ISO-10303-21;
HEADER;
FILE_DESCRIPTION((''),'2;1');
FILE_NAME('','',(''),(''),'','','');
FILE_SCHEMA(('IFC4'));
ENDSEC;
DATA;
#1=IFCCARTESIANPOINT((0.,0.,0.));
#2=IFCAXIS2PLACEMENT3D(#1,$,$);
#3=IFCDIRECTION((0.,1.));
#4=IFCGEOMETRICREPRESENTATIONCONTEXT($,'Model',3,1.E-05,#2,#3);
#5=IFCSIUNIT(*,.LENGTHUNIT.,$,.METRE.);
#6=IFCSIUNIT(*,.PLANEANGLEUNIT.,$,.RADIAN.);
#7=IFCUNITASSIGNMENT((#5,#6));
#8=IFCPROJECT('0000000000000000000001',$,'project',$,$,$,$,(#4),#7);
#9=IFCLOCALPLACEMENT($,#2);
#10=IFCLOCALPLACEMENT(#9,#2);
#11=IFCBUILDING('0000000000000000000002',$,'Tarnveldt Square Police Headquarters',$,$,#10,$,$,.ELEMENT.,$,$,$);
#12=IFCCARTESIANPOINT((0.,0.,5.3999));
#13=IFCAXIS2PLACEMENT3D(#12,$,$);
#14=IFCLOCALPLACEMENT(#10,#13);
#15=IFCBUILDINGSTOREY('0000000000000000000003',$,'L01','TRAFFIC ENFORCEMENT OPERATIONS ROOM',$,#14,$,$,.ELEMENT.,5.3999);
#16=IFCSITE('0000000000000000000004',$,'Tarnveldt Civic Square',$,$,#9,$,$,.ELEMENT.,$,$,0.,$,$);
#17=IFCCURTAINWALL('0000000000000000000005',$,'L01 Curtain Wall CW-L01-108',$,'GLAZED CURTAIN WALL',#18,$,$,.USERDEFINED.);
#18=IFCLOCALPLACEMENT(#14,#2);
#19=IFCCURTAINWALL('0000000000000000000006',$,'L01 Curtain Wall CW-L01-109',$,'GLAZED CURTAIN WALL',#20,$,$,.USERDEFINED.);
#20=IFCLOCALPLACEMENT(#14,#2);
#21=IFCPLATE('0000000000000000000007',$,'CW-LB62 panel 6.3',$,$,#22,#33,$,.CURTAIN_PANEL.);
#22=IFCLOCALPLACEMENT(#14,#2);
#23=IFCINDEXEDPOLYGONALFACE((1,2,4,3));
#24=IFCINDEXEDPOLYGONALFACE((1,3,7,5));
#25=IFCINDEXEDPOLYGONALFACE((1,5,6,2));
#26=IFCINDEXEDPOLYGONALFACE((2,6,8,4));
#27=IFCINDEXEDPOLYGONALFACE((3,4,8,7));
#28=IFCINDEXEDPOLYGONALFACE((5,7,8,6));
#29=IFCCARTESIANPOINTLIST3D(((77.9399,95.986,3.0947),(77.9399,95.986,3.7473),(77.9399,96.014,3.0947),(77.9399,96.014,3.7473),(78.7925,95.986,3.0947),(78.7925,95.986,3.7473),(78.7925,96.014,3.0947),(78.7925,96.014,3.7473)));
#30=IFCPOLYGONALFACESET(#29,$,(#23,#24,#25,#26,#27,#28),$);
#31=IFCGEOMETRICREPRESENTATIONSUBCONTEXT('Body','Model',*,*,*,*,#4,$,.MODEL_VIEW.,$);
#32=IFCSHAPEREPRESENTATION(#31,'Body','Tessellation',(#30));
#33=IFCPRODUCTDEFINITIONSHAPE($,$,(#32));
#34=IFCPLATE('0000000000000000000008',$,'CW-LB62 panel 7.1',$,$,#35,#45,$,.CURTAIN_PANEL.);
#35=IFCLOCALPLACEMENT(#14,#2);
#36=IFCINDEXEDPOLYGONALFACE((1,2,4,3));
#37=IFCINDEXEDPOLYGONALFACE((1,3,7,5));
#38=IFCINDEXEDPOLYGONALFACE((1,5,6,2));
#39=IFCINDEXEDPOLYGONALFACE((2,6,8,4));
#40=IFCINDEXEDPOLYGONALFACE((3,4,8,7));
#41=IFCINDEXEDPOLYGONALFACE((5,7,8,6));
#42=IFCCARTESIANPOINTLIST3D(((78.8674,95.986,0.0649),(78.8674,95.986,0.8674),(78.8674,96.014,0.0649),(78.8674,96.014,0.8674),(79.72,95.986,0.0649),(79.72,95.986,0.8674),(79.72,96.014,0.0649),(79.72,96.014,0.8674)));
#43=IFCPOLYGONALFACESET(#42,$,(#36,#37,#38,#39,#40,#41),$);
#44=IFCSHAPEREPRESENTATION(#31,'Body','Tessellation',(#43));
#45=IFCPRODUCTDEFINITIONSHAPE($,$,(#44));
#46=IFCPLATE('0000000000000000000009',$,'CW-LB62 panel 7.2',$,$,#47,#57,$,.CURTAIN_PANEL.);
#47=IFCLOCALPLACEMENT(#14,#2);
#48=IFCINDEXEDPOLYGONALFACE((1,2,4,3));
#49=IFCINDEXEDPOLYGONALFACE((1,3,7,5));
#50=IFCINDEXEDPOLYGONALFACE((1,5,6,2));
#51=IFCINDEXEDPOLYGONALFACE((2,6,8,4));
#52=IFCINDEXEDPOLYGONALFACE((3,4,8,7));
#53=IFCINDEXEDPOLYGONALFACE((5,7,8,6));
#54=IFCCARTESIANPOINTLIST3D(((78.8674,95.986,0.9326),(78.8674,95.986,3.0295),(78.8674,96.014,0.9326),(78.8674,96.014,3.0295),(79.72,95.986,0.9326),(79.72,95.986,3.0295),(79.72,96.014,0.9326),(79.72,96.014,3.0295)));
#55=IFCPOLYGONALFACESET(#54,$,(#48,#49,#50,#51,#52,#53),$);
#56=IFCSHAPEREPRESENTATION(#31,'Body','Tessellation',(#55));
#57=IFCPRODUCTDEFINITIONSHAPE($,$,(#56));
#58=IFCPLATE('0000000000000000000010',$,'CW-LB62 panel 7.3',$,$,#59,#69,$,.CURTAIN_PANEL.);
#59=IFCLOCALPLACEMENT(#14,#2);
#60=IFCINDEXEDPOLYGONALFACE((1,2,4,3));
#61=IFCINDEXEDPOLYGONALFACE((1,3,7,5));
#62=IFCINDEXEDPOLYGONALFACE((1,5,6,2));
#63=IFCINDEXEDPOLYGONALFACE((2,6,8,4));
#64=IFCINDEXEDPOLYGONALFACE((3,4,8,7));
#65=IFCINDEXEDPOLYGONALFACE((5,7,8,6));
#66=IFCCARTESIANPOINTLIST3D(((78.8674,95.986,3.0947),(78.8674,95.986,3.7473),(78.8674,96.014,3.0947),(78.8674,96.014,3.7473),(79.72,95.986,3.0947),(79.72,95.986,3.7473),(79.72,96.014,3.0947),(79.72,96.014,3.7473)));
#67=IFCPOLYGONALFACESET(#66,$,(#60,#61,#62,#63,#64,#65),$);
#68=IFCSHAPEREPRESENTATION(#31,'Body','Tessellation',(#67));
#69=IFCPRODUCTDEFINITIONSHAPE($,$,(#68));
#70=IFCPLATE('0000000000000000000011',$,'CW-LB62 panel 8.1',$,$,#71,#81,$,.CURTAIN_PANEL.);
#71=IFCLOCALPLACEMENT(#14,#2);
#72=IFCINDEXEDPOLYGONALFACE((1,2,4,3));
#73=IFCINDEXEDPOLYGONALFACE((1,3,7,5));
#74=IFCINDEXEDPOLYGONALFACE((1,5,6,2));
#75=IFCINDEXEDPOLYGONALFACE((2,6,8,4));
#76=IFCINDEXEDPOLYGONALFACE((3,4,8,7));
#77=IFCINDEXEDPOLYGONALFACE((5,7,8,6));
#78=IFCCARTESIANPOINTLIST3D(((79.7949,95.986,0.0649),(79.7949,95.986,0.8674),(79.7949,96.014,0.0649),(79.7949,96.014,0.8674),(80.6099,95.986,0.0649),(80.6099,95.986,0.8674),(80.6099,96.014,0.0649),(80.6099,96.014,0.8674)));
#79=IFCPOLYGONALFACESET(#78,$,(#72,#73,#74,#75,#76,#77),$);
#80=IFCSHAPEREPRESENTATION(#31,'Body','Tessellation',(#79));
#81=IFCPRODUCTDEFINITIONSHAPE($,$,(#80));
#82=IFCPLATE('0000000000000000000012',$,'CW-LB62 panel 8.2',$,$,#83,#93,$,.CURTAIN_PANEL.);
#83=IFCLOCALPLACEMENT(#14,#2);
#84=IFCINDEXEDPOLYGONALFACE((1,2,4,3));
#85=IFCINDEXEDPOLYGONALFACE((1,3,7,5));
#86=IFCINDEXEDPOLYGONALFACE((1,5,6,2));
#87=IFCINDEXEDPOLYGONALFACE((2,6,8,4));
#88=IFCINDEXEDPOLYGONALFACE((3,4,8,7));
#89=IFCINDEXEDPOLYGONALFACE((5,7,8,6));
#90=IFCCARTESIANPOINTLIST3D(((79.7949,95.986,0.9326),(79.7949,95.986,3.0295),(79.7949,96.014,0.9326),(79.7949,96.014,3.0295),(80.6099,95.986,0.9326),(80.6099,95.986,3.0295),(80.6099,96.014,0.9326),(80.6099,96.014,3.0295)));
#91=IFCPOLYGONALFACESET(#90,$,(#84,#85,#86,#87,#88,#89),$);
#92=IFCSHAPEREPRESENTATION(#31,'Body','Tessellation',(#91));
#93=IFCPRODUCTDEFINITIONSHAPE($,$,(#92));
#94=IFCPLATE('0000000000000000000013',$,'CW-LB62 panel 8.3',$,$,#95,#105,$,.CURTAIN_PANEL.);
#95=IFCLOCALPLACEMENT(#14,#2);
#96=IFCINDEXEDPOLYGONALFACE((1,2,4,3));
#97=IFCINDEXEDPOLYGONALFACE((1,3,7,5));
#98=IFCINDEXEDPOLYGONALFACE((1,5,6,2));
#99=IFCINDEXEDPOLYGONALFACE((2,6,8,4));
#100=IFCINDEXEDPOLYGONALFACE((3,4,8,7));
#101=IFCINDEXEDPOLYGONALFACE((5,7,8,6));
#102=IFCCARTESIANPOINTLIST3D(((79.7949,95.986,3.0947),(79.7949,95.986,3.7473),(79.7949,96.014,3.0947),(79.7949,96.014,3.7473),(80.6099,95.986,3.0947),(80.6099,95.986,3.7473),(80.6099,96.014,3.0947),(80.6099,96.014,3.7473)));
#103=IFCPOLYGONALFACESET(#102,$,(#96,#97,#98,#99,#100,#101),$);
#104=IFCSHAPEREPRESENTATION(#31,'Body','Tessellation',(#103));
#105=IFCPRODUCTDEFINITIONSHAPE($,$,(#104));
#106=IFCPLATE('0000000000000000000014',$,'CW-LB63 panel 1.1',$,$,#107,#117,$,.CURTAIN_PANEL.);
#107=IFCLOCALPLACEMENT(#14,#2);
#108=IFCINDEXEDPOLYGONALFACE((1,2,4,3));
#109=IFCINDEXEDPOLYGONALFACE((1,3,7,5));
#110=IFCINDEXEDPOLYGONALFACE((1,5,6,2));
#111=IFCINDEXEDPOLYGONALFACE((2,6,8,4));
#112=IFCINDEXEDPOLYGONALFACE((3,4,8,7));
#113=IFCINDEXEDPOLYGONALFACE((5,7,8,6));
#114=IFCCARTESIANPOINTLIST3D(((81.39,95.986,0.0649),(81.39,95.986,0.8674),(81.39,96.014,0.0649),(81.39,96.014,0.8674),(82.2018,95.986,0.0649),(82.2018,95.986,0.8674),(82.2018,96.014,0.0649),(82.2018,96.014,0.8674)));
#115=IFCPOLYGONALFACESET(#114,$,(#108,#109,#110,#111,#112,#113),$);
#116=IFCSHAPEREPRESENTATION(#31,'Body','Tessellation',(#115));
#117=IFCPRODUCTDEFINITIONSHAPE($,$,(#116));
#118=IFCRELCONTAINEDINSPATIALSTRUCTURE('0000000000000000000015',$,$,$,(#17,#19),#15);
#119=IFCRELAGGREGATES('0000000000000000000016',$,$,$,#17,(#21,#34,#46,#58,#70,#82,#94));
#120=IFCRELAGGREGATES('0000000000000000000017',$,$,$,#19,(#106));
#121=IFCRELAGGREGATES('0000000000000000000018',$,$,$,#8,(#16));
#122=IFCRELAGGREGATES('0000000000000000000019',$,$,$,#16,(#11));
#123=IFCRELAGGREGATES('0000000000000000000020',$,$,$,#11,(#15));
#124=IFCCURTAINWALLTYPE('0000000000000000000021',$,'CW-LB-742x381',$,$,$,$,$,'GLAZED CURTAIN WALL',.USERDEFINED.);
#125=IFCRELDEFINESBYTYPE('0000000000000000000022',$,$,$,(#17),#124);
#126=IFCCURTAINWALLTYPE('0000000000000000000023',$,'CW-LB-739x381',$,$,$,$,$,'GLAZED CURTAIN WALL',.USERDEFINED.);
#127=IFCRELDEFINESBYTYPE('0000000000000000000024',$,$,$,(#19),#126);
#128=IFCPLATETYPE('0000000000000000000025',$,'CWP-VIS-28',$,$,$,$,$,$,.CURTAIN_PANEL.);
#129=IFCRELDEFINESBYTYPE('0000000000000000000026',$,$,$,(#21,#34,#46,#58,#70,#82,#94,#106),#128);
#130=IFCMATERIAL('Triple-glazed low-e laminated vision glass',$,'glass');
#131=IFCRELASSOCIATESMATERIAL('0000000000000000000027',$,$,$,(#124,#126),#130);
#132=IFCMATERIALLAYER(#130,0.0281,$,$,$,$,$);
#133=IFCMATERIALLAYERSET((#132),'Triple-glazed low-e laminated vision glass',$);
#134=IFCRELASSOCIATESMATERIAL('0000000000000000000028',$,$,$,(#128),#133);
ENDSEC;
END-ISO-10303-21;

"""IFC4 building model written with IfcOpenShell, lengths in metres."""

from ifc_helpers import new_model, si_unit, direction, frame, origin, origin_2d, place, context, subcontext, project, spatial, rectangle, extrude, material, layer, layer_set, type_object, element, aggregate, save


model = new_model("IFC4")

# Units and contexts
model_context = context("Model", 3, precision=1e-05, world=origin(), true_north=direction((0.0, 1.0)))
body_context = subcontext(model_context, "Body", "Model", "MODEL_VIEW")
ifc_project = project(units=[si_unit("LENGTHUNIT", "METRE"), si_unit("PLANEANGLEUNIT", "RADIAN")], contexts=[model_context])

# Site, building, storey
site_placement = place(None, origin())
site = spatial("IfcSite", under=ifc_project, at=site_placement, Name="Tarnveldt Civic Square", CompositionType="ELEMENT", RefElevation=0.0)
building_placement = place(site_placement, origin())
building = spatial("IfcBuilding", under=site, at=building_placement, Name="Tarnveldt Square Police Headquarters", CompositionType="ELEMENT")
storey_placement = place(building_placement, frame((0.0, 0.0, 5.3999)))
storey = spatial("IfcBuildingStorey", under=building, at=storey_placement, Name="L01", Description="TRAFFIC ENFORCEMENT OPERATIONS ROOM", CompositionType="ELEMENT", Elevation=5.3999)

# Curtain wall
ifc_material_1 = material(Name="Triple-glazed low-e laminated vision glass", Category="glass")
curtain_wall_type_1 = type_object("IfcCurtainWallType", Name="CW-LB-742x381", ElementType="GLAZED CURTAIN WALL", PredefinedType="USERDEFINED", material=ifc_material_1)
curtain_wall_1_placement = place(storey_placement, origin())
curtain_wall_1 = element("IfcCurtainWall", 1, at=curtain_wall_1_placement, inside=storey, type_object=curtain_wall_type_1, Name="L01 Curtain Wall CW-L01-108", ObjectType="GLAZED CURTAIN WALL", PredefinedType="USERDEFINED")

# Curtain wall
curtain_wall_type_2 = type_object("IfcCurtainWallType", Name="CW-LB-739x381", ElementType="GLAZED CURTAIN WALL", PredefinedType="USERDEFINED", material=ifc_material_1)
curtain_wall_2_placement = place(storey_placement, origin())
curtain_wall_2 = element("IfcCurtainWall", 2, at=curtain_wall_2_placement, inside=storey, type_object=curtain_wall_type_2, Name="L01 Curtain Wall CW-L01-109", ObjectType="GLAZED CURTAIN WALL", PredefinedType="USERDEFINED")

# Plates
ifc_layer = layer(ifc_material_1, 0.0281)
ifc_layer_set = layer_set([ifc_layer], Name="Triple-glazed low-e laminated vision glass")
plate_type = type_object("IfcPlateType", Name="CWP-VIS-28", PredefinedType="CURTAIN_PANEL", material=ifc_layer_set)
plate_1_placement = place(storey_placement, frame((78.3662, 96.0, 3.0947), z_axis=(0.0, 0.0, 1.0), x_axis=(1.0, 0.0, 0.0)))
plate_1 = element("IfcPlate", 3, at=plate_1_placement, type_object=plate_type, Name="CW-LB62 panel 6.3", PredefinedType="CURTAIN_PANEL", context=body_context, shape_type="SweptSolid", body=[
    extrude(rectangle(XDim=0.8525, YDim=0.0281, at=origin_2d()), origin(), (0.0, 0.0, 1.0), 0.6526),
])
plate_2_placement = place(storey_placement, frame((79.2937, 96.0, 0.0649), z_axis=(0.0, 0.0, 1.0), x_axis=(1.0, 0.0, 0.0)))
plate_2 = element("IfcPlate", 4, at=plate_2_placement, type_object=plate_type, Name="CW-LB62 panel 7.1", PredefinedType="CURTAIN_PANEL", context=body_context, shape_type="SweptSolid", body=[
    extrude(rectangle(XDim=0.8525, YDim=0.0281, at=origin_2d()), origin(), (0.0, 0.0, 1.0), 0.8025),
])
plate_3_placement = place(storey_placement, frame((79.2937, 96.0, 0.9326), z_axis=(0.0, 0.0, 1.0), x_axis=(1.0, 0.0, 0.0)))
plate_3 = element("IfcPlate", 5, at=plate_3_placement, type_object=plate_type, Name="CW-LB62 panel 7.2", PredefinedType="CURTAIN_PANEL", context=body_context, shape_type="SweptSolid", body=[
    extrude(rectangle(XDim=0.8525, YDim=0.0281, at=origin_2d()), origin(), (0.0, 0.0, 1.0), 2.0969),
])
plate_4_placement = place(storey_placement, frame((79.2937, 96.0, 3.0947), z_axis=(0.0, 0.0, 1.0), x_axis=(1.0, 0.0, 0.0)))
plate_4 = element("IfcPlate", 6, at=plate_4_placement, type_object=plate_type, Name="CW-LB62 panel 7.3", PredefinedType="CURTAIN_PANEL", context=body_context, shape_type="SweptSolid", body=[
    extrude(rectangle(XDim=0.8525, YDim=0.0281, at=origin_2d()), origin(), (0.0, 0.0, 1.0), 0.6526),
])
plate_5_placement = place(storey_placement, frame((80.2024, 96.0, 0.0649), z_axis=(0.0, 0.0, 1.0), x_axis=(1.0, 0.0, 0.0)))
plate_5 = element("IfcPlate", 7, at=plate_5_placement, type_object=plate_type, Name="CW-LB62 panel 8.1", PredefinedType="CURTAIN_PANEL", context=body_context, shape_type="SweptSolid", body=[
    extrude(rectangle(XDim=0.8149, YDim=0.0281, at=origin_2d()), origin(), (0.0, 0.0, 1.0), 0.8025),
])
plate_6_placement = place(storey_placement, frame((80.2024, 96.0, 0.9326), z_axis=(0.0, 0.0, 1.0), x_axis=(1.0, 0.0, 0.0)))
plate_6 = element("IfcPlate", 8, at=plate_6_placement, type_object=plate_type, Name="CW-LB62 panel 8.2", PredefinedType="CURTAIN_PANEL", context=body_context, shape_type="SweptSolid", body=[
    extrude(rectangle(XDim=0.8149, YDim=0.0281, at=origin_2d()), origin(), (0.0, 0.0, 1.0), 2.0969),
])
plate_7_placement = place(storey_placement, frame((80.2024, 96.0, 3.0947), z_axis=(0.0, 0.0, 1.0), x_axis=(1.0, 0.0, 0.0)))
plate_7 = element("IfcPlate", 9, at=plate_7_placement, type_object=plate_type, Name="CW-LB62 panel 8.3", PredefinedType="CURTAIN_PANEL", context=body_context, shape_type="SweptSolid", body=[
    extrude(rectangle(XDim=0.8149, YDim=0.0281, at=origin_2d()), origin(), (0.0, 0.0, 1.0), 0.6526),
])
aggregate(curtain_wall_1, [plate_1, plate_2, plate_3, plate_4, plate_5, plate_6, plate_7])
plate_8_placement = place(storey_placement, frame((81.7959, 96.0, 0.0649), z_axis=(0.0, 0.0, 1.0), x_axis=(1.0, 0.0, 0.0)))
plate_8 = element("IfcPlate", 10, at=plate_8_placement, type_object=plate_type, Name="CW-LB63 panel 1.1", PredefinedType="CURTAIN_PANEL", context=body_context, shape_type="SweptSolid", body=[
    extrude(rectangle(XDim=0.8118, YDim=0.0281, at=origin_2d()), origin(), (0.0, 0.0, 1.0), 0.8025),
])
aggregate(curtain_wall_2, [plate_8])

save(model, "model.ifc")
